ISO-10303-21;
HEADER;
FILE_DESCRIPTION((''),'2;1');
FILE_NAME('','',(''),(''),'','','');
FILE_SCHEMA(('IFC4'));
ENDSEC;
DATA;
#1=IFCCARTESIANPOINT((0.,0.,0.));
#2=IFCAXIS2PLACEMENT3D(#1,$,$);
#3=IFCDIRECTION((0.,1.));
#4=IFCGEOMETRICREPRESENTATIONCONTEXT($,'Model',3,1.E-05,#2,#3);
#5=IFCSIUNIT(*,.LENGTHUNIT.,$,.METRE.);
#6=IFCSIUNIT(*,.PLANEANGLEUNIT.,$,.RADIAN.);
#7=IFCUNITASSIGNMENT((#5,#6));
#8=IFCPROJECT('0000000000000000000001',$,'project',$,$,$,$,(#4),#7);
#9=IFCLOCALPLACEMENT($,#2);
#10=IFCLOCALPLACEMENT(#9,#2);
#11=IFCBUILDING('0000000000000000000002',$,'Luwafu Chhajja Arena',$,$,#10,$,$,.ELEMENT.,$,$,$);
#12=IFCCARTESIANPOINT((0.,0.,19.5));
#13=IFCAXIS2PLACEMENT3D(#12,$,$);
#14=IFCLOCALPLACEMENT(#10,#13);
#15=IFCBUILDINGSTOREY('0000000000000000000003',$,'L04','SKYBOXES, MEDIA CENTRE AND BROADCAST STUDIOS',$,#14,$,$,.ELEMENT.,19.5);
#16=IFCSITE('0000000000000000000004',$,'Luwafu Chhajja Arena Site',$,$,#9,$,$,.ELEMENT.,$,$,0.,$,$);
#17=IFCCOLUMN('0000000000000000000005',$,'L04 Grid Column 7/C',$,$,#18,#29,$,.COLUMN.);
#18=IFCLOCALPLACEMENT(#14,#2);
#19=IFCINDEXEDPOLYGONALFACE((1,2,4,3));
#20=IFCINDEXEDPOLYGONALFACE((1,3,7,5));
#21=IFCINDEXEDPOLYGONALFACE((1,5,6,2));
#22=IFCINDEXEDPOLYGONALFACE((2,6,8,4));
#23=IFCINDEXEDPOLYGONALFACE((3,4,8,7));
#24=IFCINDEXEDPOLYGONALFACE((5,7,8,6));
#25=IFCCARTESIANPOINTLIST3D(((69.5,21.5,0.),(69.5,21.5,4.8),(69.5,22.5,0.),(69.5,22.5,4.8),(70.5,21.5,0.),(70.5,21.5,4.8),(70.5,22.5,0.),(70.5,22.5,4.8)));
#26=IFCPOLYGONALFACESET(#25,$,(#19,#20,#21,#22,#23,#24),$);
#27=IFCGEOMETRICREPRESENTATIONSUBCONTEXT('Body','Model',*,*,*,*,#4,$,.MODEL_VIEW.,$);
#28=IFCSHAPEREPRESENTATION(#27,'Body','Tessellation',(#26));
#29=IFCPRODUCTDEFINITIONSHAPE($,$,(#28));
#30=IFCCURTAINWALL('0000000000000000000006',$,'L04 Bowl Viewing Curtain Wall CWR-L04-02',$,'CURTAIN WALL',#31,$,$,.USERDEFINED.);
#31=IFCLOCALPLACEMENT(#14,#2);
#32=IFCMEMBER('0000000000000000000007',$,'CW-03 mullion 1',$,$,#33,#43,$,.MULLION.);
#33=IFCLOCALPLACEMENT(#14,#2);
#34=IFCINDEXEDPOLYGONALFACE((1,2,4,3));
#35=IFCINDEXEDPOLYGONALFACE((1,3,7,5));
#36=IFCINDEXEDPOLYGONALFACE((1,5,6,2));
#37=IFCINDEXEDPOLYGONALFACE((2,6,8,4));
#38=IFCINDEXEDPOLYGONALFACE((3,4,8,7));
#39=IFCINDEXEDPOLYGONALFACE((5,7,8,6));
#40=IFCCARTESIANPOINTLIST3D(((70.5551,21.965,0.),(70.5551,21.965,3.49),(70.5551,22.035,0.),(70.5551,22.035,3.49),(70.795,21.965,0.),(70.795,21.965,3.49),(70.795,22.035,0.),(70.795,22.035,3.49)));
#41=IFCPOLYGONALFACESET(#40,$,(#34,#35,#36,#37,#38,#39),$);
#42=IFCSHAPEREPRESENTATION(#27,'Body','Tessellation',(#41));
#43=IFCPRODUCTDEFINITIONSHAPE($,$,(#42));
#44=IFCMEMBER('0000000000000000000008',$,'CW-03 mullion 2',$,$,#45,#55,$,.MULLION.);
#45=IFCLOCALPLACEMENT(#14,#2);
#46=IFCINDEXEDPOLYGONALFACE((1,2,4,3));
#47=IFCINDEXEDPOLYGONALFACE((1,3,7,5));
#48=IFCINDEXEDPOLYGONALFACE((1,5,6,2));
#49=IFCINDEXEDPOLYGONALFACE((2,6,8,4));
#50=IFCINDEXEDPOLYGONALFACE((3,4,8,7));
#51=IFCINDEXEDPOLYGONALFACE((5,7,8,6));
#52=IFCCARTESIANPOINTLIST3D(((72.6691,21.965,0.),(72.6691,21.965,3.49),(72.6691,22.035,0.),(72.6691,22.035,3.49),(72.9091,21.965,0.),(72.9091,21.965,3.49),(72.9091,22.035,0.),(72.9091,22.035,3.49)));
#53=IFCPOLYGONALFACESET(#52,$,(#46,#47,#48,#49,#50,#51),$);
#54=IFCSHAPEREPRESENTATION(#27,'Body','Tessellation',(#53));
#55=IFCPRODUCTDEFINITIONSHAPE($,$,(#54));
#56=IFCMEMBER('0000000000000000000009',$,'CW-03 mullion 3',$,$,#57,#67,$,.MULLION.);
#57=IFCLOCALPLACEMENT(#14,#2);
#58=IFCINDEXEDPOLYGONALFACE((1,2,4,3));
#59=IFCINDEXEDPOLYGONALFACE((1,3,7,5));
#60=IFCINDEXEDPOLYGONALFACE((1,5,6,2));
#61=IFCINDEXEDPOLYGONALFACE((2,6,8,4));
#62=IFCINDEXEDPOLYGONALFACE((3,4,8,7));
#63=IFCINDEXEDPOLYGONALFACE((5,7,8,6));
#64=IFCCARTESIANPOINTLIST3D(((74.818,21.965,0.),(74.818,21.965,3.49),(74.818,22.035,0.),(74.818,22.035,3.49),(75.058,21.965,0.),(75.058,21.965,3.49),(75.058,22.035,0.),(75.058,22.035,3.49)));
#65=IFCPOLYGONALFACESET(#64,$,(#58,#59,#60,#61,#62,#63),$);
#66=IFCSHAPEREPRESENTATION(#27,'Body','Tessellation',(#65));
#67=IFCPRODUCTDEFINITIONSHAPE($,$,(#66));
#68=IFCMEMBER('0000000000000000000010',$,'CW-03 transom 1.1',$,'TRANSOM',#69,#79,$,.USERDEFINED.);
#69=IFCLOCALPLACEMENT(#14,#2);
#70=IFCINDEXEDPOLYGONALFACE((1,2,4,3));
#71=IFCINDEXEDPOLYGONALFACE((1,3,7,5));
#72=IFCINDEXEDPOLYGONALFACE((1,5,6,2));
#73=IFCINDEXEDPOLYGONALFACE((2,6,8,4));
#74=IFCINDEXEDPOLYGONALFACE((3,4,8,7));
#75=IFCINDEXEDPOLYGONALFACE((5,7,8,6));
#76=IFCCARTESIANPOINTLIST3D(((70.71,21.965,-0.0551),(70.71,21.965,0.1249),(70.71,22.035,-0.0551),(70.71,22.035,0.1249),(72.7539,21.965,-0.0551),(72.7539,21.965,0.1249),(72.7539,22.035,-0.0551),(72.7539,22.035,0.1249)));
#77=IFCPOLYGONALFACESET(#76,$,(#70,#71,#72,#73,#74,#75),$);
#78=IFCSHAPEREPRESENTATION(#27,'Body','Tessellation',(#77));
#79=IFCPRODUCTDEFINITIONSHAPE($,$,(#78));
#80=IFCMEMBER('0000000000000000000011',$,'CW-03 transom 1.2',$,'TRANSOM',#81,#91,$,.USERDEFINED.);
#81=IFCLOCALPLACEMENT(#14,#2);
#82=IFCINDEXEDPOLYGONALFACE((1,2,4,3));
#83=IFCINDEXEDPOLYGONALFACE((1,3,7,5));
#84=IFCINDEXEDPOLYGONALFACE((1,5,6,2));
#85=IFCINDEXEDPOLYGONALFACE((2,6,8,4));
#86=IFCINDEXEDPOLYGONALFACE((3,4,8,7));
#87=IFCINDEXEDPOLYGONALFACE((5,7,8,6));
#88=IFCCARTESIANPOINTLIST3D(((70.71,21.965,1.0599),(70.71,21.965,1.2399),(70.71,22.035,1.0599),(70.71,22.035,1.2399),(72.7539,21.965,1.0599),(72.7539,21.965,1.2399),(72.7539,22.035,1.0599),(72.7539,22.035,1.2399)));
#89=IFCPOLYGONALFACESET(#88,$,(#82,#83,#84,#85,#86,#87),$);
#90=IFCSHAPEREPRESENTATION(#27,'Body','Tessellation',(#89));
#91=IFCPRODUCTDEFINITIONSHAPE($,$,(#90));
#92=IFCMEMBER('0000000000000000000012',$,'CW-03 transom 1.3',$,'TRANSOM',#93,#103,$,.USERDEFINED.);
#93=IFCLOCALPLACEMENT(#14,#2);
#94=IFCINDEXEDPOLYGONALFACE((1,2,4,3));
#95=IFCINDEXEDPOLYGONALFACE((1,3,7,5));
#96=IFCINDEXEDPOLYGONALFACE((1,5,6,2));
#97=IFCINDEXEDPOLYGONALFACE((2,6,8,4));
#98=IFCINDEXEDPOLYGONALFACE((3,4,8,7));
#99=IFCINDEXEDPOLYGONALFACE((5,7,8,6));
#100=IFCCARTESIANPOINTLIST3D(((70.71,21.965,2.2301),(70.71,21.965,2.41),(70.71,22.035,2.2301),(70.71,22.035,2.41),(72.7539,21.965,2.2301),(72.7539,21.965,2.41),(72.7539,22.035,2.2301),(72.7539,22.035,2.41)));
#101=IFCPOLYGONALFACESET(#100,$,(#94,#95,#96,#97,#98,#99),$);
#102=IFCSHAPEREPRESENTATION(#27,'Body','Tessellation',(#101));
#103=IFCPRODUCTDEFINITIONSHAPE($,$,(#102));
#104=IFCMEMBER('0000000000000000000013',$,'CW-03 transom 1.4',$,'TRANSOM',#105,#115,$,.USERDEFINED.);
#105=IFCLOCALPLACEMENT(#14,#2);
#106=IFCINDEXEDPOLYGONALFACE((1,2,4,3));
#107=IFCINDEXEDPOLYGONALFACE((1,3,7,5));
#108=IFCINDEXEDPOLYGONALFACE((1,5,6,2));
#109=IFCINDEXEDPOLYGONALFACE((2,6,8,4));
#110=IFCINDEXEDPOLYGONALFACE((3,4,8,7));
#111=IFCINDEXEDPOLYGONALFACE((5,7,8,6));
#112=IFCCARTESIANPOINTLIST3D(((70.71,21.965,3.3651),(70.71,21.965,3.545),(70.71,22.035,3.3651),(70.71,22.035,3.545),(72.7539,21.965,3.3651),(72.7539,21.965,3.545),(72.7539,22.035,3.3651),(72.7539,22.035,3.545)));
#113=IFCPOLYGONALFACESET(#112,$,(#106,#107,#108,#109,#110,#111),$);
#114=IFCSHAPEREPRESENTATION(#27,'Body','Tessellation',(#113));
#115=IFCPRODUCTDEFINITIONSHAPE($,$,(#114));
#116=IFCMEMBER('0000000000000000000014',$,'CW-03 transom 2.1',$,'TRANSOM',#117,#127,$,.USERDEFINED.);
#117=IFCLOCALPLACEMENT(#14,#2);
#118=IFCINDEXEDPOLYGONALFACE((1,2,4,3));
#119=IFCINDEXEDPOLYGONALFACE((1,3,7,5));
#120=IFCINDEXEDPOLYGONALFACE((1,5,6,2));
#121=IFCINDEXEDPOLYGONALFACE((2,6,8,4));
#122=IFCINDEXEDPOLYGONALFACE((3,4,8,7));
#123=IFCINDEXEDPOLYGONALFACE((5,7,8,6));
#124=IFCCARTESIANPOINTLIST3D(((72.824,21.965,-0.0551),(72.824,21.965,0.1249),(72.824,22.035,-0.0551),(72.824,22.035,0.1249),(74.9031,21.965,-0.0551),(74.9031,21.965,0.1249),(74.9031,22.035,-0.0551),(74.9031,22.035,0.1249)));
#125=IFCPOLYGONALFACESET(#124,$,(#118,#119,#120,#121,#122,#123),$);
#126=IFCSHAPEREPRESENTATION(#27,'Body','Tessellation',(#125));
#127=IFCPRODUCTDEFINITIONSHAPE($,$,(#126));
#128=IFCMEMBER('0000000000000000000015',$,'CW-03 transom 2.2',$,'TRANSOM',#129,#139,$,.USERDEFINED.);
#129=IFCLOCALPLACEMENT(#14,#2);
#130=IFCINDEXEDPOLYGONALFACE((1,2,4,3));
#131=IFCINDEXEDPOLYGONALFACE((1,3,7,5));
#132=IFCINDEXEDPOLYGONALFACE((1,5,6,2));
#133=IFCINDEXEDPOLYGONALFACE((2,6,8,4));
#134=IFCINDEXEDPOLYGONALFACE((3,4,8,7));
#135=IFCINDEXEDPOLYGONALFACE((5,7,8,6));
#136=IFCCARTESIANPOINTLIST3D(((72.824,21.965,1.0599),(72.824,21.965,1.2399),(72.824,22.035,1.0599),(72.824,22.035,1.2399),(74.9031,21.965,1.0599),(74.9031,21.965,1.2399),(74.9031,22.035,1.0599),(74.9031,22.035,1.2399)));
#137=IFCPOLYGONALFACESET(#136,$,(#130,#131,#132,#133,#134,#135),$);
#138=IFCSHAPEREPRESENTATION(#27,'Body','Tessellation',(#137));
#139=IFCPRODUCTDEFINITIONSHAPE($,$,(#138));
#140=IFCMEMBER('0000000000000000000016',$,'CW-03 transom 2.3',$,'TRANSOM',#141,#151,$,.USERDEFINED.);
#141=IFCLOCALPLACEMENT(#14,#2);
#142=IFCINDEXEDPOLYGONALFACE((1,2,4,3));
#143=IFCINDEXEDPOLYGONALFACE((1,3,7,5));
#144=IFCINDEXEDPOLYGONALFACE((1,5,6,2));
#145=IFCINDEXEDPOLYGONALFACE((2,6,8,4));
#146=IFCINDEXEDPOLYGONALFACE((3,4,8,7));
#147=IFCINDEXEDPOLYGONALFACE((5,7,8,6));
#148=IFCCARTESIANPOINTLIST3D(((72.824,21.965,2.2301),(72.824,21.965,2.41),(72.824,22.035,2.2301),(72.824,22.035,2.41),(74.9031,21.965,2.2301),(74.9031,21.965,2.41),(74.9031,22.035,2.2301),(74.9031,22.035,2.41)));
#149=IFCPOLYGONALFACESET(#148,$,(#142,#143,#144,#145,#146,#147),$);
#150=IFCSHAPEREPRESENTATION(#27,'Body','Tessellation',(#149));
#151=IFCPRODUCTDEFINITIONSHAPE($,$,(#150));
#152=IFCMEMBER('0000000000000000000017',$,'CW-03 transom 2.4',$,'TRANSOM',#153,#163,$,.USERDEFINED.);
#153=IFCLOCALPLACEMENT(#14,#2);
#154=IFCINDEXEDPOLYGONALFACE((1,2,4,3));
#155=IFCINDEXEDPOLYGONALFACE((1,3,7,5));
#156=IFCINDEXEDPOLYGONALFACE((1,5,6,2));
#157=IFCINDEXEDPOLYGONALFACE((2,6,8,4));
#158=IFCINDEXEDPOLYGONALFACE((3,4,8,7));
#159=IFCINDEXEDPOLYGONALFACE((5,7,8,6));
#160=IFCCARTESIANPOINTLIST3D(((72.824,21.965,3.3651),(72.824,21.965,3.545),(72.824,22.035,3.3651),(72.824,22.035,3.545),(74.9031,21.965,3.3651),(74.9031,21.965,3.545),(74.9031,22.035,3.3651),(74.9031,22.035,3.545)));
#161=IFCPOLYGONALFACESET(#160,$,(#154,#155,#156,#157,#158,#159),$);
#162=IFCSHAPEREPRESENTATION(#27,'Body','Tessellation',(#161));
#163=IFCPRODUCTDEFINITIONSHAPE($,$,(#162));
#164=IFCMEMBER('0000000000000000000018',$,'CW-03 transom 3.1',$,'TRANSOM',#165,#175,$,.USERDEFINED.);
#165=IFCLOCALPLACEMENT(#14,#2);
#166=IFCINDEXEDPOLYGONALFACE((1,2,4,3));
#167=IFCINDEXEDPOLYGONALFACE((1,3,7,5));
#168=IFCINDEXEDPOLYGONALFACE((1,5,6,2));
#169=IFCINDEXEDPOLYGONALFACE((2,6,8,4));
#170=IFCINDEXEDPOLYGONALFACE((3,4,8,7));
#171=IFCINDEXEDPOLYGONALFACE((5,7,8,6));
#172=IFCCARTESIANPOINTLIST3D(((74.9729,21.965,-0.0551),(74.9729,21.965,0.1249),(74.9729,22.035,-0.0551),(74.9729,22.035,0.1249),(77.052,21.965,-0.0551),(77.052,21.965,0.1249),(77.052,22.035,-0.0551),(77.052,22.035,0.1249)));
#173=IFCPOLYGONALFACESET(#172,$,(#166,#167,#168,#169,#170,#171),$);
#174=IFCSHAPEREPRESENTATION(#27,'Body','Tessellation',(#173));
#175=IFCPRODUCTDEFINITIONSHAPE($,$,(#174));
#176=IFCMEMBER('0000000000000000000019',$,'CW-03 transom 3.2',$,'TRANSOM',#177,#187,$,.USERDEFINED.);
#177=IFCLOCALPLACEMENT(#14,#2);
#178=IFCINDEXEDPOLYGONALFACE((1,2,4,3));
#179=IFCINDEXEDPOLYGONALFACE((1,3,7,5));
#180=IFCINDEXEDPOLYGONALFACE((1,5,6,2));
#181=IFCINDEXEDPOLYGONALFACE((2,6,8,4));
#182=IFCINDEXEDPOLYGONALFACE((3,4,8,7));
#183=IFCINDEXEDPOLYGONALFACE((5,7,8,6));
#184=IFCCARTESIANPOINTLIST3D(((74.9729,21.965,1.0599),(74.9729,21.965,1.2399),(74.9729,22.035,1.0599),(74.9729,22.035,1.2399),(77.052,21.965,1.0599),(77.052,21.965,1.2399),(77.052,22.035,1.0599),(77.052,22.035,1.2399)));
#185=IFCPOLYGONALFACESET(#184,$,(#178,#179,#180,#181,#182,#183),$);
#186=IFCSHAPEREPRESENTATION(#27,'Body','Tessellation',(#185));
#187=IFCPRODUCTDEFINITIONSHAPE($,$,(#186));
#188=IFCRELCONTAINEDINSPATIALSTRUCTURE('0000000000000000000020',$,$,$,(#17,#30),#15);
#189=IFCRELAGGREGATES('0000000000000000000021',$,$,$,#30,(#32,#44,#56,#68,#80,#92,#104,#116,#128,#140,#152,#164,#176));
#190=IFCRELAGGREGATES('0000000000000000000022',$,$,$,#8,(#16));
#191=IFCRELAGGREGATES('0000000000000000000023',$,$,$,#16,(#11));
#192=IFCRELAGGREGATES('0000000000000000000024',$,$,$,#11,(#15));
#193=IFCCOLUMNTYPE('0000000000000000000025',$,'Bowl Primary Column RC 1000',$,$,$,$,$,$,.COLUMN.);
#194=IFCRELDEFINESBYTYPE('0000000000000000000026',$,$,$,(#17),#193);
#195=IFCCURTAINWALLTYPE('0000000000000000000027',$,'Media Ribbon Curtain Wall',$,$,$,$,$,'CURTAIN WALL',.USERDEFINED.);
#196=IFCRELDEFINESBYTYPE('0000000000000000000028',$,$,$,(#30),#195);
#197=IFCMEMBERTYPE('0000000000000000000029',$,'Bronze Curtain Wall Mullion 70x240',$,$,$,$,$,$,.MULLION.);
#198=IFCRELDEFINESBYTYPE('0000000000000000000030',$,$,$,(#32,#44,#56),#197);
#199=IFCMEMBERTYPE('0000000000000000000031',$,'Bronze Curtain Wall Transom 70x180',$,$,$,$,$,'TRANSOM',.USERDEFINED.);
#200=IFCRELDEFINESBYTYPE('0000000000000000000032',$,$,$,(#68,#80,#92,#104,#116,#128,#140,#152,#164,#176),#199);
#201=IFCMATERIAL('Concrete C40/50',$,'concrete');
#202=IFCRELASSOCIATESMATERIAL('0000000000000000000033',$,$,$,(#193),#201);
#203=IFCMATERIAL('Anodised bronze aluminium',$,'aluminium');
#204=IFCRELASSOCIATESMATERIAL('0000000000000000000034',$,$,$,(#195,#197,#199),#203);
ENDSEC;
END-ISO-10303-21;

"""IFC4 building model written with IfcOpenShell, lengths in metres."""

from ifc_helpers import new_model, si_unit, direction, frame, origin, origin_2d, place, context, subcontext, project, spatial, rectangle, extrude, material, material_profile, profile_set, type_object, element, aggregate, save


model = new_model("IFC4")

# Units and contexts
model_context = context("Model", 3, precision=1e-05, world=origin(), true_north=direction((0.0, 1.0)))
body_context = subcontext(model_context, "Body", "Model", "MODEL_VIEW")
ifc_project = project(units=[si_unit("LENGTHUNIT", "METRE"), si_unit("PLANEANGLEUNIT", "RADIAN")], contexts=[model_context])

# Site, building, storey
site_placement = place(None, origin())
site = spatial("IfcSite", under=ifc_project, at=site_placement, Name="Luwafu Chhajja Arena Site", CompositionType="ELEMENT", RefElevation=0.0)
building_placement = place(site_placement, origin())
building = spatial("IfcBuilding", under=site, at=building_placement, Name="Luwafu Chhajja Arena", CompositionType="ELEMENT")
storey_placement = place(building_placement, frame((0.0, 0.0, 19.5)))
storey = spatial("IfcBuildingStorey", under=building, at=storey_placement, Name="L04", Description="SKYBOXES, MEDIA CENTRE AND BROADCAST STUDIOS", CompositionType="ELEMENT", Elevation=19.5)

# Column
ifc_material_1 = material(Name="Concrete C40/50", Category="concrete")
ifc_material_profile_1 = material_profile(ifc_material_1, rectangle(XDim=1.0, YDim=1.0, at=origin_2d()), Name="RC 1000x1000")
ifc_profile_set_1 = profile_set([ifc_material_profile_1], Name="Concrete C40/50")
column_type = type_object("IfcColumnType", Name="Bowl Primary Column RC 1000", PredefinedType="COLUMN", material=ifc_profile_set_1)
column_placement = place(storey_placement, frame((70.0, 22.0, 0.0), z_axis=(0.0, 0.0, 1.0), x_axis=(1.0, 0.0, 0.0)))
element("IfcColumn", 1, at=column_placement, inside=storey, type_object=column_type, Name="L04 Grid Column 7/C", PredefinedType="COLUMN", context=body_context, shape_type="SweptSolid", body=[
    extrude(rectangle(XDim=1.0, YDim=1.0, at=origin_2d()), origin(), (0.0, 0.0, 1.0), 4.8),
])

# Curtain wall, members
ifc_material_2 = material(Name="Anodised bronze aluminium", Category="aluminium")
curtain_wall_type = type_object("IfcCurtainWallType", Name="Media Ribbon Curtain Wall", ElementType="CURTAIN WALL", PredefinedType="USERDEFINED", material=ifc_material_2)
curtain_wall_placement = place(storey_placement, origin())
curtain_wall = element("IfcCurtainWall", 2, at=curtain_wall_placement, inside=storey, type_object=curtain_wall_type, Name="L04 Bowl Viewing Curtain Wall CWR-L04-02", ObjectType="CURTAIN WALL", PredefinedType="USERDEFINED")
ifc_material_profile_2 = material_profile(ifc_material_2, rectangle(XDim=0.0701, YDim=0.24, at=origin_2d()), Name="CWM 70x240")
ifc_profile_set_2 = profile_set([ifc_material_profile_2], Name="Anodised bronze aluminium")
member_type_1 = type_object("IfcMemberType", Name="Bronze Curtain Wall Mullion 70x240", PredefinedType="MULLION", material=ifc_profile_set_2)
member_1_placement = place(storey_placement, frame((70.675, 22.0, 0.0), z_axis=(0.0, 0.0, 1.0), x_axis=(0.0, 1.0, 0.0)))
member_1 = element("IfcMember", 3, at=member_1_placement, type_object=member_type_1, Name="CW-03 mullion 1", PredefinedType="MULLION", context=body_context, shape_type="SweptSolid", body=[
    extrude(rectangle(XDim=0.0701, YDim=0.24, at=origin_2d()), origin(), (0.0, 0.0, 1.0), 3.49),
])
member_2_placement = place(storey_placement, frame((72.7891, 22.0, 0.0), z_axis=(0.0, 0.0, 1.0), x_axis=(0.0, 1.0, 0.0)))
member_2 = element("IfcMember", 4, at=member_2_placement, type_object=member_type_1, Name="CW-03 mullion 2", PredefinedType="MULLION", context=body_context, shape_type="SweptSolid", body=[
    extrude(rectangle(XDim=0.0701, YDim=0.24, at=origin_2d()), origin(), (0.0, 0.0, 1.0), 3.49),
])
member_3_placement = place(storey_placement, frame((74.938, 22.0, 0.0), z_axis=(0.0, 0.0, 1.0), x_axis=(0.0, 1.0, 0.0)))
member_3 = element("IfcMember", 5, at=member_3_placement, type_object=member_type_1, Name="CW-03 mullion 3", PredefinedType="MULLION", context=body_context, shape_type="SweptSolid", body=[
    extrude(rectangle(XDim=0.0701, YDim=0.24, at=origin_2d()), origin(), (0.0, 0.0, 1.0), 3.49),
])
ifc_material_profile_3 = material_profile(ifc_material_2, rectangle(XDim=0.0701, YDim=0.1799, at=origin_2d()), Name="CWT 70x180")
ifc_profile_set_3 = profile_set([ifc_material_profile_3], Name="Anodised bronze aluminium")
member_type_2 = type_object("IfcMemberType", Name="Bronze Curtain Wall Transom 70x180", ElementType="TRANSOM", PredefinedType="USERDEFINED", material=ifc_profile_set_3)
member_4_placement = place(storey_placement, frame((70.71, 22.0, 0.0349), z_axis=(1.0, 0.0, 0.0), x_axis=(0.0, 1.0, 0.0)))
member_4 = element("IfcMember", 6, at=member_4_placement, type_object=member_type_2, Name="CW-03 transom 1.1", ObjectType="TRANSOM", PredefinedType="USERDEFINED", context=body_context, shape_type="SweptSolid", body=[
    extrude(rectangle(XDim=0.0701, YDim=0.1799, at=origin_2d()), origin(), (0.0, 0.0, 1.0), 2.0439),
])
member_5_placement = place(storey_placement, frame((70.71, 22.0, 1.1499), z_axis=(1.0, 0.0, 0.0), x_axis=(0.0, 1.0, 0.0)))
member_5 = element("IfcMember", 7, at=member_5_placement, type_object=member_type_2, Name="CW-03 transom 1.2", ObjectType="TRANSOM", PredefinedType="USERDEFINED", context=body_context, shape_type="SweptSolid", body=[
    extrude(rectangle(XDim=0.0701, YDim=0.1799, at=origin_2d()), origin(), (0.0, 0.0, 1.0), 2.0439),
])
member_6_placement = place(storey_placement, frame((70.71, 22.0, 2.3201), z_axis=(1.0, 0.0, 0.0), x_axis=(0.0, 1.0, 0.0)))
member_6 = element("IfcMember", 8, at=member_6_placement, type_object=member_type_2, Name="CW-03 transom 1.3", ObjectType="TRANSOM", PredefinedType="USERDEFINED", context=body_context, shape_type="SweptSolid", body=[
    extrude(rectangle(XDim=0.0701, YDim=0.1799, at=origin_2d()), origin(), (0.0, 0.0, 1.0), 2.0439),
])
member_7_placement = place(storey_placement, frame((70.71, 22.0, 3.4551), z_axis=(1.0, 0.0, 0.0), x_axis=(0.0, 1.0, 0.0)))
member_7 = element("IfcMember", 9, at=member_7_placement, type_object=member_type_2, Name="CW-03 transom 1.4", ObjectType="TRANSOM", PredefinedType="USERDEFINED", context=body_context, shape_type="SweptSolid", body=[
    extrude(rectangle(XDim=0.0701, YDim=0.1799, at=origin_2d()), origin(), (0.0, 0.0, 1.0), 2.0439),
])
member_8_placement = place(storey_placement, frame((72.824, 22.0, 0.0349), z_axis=(1.0, 0.0, 0.0), x_axis=(0.0, 1.0, 0.0)))
member_8 = element("IfcMember", 10, at=member_8_placement, type_object=member_type_2, Name="CW-03 transom 2.1", ObjectType="TRANSOM", PredefinedType="USERDEFINED", context=body_context, shape_type="SweptSolid", body=[
    extrude(rectangle(XDim=0.0701, YDim=0.1799, at=origin_2d()), origin(), (0.0, 0.0, 1.0), 2.0791),
])
member_9_placement = place(storey_placement, frame((72.824, 22.0, 1.1499), z_axis=(1.0, 0.0, 0.0), x_axis=(0.0, 1.0, 0.0)))
member_9 = element("IfcMember", 11, at=member_9_placement, type_object=member_type_2, Name="CW-03 transom 2.2", ObjectType="TRANSOM", PredefinedType="USERDEFINED", context=body_context, shape_type="SweptSolid", body=[
    extrude(rectangle(XDim=0.0701, YDim=0.1799, at=origin_2d()), origin(), (0.0, 0.0, 1.0), 2.0791),
])
member_10_placement = place(storey_placement, frame((72.824, 22.0, 2.3201), z_axis=(1.0, 0.0, 0.0), x_axis=(0.0, 1.0, 0.0)))
member_10 = element("IfcMember", 12, at=member_10_placement, type_object=member_type_2, Name="CW-03 transom 2.3", ObjectType="TRANSOM", PredefinedType="USERDEFINED", context=body_context, shape_type="SweptSolid", body=[
    extrude(rectangle(XDim=0.0701, YDim=0.1799, at=origin_2d()), origin(), (0.0, 0.0, 1.0), 2.0791),
])
member_11_placement = place(storey_placement, frame((72.824, 22.0, 3.4551), z_axis=(1.0, 0.0, 0.0), x_axis=(0.0, 1.0, 0.0)))
member_11 = element("IfcMember", 13, at=member_11_placement, type_object=member_type_2, Name="CW-03 transom 2.4", ObjectType="TRANSOM", PredefinedType="USERDEFINED", context=body_context, shape_type="SweptSolid", body=[
    extrude(rectangle(XDim=0.0701, YDim=0.1799, at=origin_2d()), origin(), (0.0, 0.0, 1.0), 2.0791),
])
member_12_placement = place(storey_placement, frame((74.9729, 22.0, 0.0349), z_axis=(1.0, 0.0, 0.0), x_axis=(0.0, 1.0, 0.0)))
member_12 = element("IfcMember", 14, at=member_12_placement, type_object=member_type_2, Name="CW-03 transom 3.1", ObjectType="TRANSOM", PredefinedType="USERDEFINED", context=body_context, shape_type="SweptSolid", body=[
    extrude(rectangle(XDim=0.0701, YDim=0.1799, at=origin_2d()), origin(), (0.0, 0.0, 1.0), 2.0791),
])
member_13_placement = place(storey_placement, frame((74.9729, 22.0, 1.1499), z_axis=(1.0, 0.0, 0.0), x_axis=(0.0, 1.0, 0.0)))
member_13 = element("IfcMember", 15, at=member_13_placement, type_object=member_type_2, Name="CW-03 transom 3.2", ObjectType="TRANSOM", PredefinedType="USERDEFINED", context=body_context, shape_type="SweptSolid", body=[
    extrude(rectangle(XDim=0.0701, YDim=0.1799, at=origin_2d()), origin(), (0.0, 0.0, 1.0), 2.0791),
])

aggregate(curtain_wall, [member_1, member_2, member_3, member_4, member_5, member_6, member_7, member_8, member_9, member_10, member_11, member_12, member_13])

save(model, "model.ifc")
